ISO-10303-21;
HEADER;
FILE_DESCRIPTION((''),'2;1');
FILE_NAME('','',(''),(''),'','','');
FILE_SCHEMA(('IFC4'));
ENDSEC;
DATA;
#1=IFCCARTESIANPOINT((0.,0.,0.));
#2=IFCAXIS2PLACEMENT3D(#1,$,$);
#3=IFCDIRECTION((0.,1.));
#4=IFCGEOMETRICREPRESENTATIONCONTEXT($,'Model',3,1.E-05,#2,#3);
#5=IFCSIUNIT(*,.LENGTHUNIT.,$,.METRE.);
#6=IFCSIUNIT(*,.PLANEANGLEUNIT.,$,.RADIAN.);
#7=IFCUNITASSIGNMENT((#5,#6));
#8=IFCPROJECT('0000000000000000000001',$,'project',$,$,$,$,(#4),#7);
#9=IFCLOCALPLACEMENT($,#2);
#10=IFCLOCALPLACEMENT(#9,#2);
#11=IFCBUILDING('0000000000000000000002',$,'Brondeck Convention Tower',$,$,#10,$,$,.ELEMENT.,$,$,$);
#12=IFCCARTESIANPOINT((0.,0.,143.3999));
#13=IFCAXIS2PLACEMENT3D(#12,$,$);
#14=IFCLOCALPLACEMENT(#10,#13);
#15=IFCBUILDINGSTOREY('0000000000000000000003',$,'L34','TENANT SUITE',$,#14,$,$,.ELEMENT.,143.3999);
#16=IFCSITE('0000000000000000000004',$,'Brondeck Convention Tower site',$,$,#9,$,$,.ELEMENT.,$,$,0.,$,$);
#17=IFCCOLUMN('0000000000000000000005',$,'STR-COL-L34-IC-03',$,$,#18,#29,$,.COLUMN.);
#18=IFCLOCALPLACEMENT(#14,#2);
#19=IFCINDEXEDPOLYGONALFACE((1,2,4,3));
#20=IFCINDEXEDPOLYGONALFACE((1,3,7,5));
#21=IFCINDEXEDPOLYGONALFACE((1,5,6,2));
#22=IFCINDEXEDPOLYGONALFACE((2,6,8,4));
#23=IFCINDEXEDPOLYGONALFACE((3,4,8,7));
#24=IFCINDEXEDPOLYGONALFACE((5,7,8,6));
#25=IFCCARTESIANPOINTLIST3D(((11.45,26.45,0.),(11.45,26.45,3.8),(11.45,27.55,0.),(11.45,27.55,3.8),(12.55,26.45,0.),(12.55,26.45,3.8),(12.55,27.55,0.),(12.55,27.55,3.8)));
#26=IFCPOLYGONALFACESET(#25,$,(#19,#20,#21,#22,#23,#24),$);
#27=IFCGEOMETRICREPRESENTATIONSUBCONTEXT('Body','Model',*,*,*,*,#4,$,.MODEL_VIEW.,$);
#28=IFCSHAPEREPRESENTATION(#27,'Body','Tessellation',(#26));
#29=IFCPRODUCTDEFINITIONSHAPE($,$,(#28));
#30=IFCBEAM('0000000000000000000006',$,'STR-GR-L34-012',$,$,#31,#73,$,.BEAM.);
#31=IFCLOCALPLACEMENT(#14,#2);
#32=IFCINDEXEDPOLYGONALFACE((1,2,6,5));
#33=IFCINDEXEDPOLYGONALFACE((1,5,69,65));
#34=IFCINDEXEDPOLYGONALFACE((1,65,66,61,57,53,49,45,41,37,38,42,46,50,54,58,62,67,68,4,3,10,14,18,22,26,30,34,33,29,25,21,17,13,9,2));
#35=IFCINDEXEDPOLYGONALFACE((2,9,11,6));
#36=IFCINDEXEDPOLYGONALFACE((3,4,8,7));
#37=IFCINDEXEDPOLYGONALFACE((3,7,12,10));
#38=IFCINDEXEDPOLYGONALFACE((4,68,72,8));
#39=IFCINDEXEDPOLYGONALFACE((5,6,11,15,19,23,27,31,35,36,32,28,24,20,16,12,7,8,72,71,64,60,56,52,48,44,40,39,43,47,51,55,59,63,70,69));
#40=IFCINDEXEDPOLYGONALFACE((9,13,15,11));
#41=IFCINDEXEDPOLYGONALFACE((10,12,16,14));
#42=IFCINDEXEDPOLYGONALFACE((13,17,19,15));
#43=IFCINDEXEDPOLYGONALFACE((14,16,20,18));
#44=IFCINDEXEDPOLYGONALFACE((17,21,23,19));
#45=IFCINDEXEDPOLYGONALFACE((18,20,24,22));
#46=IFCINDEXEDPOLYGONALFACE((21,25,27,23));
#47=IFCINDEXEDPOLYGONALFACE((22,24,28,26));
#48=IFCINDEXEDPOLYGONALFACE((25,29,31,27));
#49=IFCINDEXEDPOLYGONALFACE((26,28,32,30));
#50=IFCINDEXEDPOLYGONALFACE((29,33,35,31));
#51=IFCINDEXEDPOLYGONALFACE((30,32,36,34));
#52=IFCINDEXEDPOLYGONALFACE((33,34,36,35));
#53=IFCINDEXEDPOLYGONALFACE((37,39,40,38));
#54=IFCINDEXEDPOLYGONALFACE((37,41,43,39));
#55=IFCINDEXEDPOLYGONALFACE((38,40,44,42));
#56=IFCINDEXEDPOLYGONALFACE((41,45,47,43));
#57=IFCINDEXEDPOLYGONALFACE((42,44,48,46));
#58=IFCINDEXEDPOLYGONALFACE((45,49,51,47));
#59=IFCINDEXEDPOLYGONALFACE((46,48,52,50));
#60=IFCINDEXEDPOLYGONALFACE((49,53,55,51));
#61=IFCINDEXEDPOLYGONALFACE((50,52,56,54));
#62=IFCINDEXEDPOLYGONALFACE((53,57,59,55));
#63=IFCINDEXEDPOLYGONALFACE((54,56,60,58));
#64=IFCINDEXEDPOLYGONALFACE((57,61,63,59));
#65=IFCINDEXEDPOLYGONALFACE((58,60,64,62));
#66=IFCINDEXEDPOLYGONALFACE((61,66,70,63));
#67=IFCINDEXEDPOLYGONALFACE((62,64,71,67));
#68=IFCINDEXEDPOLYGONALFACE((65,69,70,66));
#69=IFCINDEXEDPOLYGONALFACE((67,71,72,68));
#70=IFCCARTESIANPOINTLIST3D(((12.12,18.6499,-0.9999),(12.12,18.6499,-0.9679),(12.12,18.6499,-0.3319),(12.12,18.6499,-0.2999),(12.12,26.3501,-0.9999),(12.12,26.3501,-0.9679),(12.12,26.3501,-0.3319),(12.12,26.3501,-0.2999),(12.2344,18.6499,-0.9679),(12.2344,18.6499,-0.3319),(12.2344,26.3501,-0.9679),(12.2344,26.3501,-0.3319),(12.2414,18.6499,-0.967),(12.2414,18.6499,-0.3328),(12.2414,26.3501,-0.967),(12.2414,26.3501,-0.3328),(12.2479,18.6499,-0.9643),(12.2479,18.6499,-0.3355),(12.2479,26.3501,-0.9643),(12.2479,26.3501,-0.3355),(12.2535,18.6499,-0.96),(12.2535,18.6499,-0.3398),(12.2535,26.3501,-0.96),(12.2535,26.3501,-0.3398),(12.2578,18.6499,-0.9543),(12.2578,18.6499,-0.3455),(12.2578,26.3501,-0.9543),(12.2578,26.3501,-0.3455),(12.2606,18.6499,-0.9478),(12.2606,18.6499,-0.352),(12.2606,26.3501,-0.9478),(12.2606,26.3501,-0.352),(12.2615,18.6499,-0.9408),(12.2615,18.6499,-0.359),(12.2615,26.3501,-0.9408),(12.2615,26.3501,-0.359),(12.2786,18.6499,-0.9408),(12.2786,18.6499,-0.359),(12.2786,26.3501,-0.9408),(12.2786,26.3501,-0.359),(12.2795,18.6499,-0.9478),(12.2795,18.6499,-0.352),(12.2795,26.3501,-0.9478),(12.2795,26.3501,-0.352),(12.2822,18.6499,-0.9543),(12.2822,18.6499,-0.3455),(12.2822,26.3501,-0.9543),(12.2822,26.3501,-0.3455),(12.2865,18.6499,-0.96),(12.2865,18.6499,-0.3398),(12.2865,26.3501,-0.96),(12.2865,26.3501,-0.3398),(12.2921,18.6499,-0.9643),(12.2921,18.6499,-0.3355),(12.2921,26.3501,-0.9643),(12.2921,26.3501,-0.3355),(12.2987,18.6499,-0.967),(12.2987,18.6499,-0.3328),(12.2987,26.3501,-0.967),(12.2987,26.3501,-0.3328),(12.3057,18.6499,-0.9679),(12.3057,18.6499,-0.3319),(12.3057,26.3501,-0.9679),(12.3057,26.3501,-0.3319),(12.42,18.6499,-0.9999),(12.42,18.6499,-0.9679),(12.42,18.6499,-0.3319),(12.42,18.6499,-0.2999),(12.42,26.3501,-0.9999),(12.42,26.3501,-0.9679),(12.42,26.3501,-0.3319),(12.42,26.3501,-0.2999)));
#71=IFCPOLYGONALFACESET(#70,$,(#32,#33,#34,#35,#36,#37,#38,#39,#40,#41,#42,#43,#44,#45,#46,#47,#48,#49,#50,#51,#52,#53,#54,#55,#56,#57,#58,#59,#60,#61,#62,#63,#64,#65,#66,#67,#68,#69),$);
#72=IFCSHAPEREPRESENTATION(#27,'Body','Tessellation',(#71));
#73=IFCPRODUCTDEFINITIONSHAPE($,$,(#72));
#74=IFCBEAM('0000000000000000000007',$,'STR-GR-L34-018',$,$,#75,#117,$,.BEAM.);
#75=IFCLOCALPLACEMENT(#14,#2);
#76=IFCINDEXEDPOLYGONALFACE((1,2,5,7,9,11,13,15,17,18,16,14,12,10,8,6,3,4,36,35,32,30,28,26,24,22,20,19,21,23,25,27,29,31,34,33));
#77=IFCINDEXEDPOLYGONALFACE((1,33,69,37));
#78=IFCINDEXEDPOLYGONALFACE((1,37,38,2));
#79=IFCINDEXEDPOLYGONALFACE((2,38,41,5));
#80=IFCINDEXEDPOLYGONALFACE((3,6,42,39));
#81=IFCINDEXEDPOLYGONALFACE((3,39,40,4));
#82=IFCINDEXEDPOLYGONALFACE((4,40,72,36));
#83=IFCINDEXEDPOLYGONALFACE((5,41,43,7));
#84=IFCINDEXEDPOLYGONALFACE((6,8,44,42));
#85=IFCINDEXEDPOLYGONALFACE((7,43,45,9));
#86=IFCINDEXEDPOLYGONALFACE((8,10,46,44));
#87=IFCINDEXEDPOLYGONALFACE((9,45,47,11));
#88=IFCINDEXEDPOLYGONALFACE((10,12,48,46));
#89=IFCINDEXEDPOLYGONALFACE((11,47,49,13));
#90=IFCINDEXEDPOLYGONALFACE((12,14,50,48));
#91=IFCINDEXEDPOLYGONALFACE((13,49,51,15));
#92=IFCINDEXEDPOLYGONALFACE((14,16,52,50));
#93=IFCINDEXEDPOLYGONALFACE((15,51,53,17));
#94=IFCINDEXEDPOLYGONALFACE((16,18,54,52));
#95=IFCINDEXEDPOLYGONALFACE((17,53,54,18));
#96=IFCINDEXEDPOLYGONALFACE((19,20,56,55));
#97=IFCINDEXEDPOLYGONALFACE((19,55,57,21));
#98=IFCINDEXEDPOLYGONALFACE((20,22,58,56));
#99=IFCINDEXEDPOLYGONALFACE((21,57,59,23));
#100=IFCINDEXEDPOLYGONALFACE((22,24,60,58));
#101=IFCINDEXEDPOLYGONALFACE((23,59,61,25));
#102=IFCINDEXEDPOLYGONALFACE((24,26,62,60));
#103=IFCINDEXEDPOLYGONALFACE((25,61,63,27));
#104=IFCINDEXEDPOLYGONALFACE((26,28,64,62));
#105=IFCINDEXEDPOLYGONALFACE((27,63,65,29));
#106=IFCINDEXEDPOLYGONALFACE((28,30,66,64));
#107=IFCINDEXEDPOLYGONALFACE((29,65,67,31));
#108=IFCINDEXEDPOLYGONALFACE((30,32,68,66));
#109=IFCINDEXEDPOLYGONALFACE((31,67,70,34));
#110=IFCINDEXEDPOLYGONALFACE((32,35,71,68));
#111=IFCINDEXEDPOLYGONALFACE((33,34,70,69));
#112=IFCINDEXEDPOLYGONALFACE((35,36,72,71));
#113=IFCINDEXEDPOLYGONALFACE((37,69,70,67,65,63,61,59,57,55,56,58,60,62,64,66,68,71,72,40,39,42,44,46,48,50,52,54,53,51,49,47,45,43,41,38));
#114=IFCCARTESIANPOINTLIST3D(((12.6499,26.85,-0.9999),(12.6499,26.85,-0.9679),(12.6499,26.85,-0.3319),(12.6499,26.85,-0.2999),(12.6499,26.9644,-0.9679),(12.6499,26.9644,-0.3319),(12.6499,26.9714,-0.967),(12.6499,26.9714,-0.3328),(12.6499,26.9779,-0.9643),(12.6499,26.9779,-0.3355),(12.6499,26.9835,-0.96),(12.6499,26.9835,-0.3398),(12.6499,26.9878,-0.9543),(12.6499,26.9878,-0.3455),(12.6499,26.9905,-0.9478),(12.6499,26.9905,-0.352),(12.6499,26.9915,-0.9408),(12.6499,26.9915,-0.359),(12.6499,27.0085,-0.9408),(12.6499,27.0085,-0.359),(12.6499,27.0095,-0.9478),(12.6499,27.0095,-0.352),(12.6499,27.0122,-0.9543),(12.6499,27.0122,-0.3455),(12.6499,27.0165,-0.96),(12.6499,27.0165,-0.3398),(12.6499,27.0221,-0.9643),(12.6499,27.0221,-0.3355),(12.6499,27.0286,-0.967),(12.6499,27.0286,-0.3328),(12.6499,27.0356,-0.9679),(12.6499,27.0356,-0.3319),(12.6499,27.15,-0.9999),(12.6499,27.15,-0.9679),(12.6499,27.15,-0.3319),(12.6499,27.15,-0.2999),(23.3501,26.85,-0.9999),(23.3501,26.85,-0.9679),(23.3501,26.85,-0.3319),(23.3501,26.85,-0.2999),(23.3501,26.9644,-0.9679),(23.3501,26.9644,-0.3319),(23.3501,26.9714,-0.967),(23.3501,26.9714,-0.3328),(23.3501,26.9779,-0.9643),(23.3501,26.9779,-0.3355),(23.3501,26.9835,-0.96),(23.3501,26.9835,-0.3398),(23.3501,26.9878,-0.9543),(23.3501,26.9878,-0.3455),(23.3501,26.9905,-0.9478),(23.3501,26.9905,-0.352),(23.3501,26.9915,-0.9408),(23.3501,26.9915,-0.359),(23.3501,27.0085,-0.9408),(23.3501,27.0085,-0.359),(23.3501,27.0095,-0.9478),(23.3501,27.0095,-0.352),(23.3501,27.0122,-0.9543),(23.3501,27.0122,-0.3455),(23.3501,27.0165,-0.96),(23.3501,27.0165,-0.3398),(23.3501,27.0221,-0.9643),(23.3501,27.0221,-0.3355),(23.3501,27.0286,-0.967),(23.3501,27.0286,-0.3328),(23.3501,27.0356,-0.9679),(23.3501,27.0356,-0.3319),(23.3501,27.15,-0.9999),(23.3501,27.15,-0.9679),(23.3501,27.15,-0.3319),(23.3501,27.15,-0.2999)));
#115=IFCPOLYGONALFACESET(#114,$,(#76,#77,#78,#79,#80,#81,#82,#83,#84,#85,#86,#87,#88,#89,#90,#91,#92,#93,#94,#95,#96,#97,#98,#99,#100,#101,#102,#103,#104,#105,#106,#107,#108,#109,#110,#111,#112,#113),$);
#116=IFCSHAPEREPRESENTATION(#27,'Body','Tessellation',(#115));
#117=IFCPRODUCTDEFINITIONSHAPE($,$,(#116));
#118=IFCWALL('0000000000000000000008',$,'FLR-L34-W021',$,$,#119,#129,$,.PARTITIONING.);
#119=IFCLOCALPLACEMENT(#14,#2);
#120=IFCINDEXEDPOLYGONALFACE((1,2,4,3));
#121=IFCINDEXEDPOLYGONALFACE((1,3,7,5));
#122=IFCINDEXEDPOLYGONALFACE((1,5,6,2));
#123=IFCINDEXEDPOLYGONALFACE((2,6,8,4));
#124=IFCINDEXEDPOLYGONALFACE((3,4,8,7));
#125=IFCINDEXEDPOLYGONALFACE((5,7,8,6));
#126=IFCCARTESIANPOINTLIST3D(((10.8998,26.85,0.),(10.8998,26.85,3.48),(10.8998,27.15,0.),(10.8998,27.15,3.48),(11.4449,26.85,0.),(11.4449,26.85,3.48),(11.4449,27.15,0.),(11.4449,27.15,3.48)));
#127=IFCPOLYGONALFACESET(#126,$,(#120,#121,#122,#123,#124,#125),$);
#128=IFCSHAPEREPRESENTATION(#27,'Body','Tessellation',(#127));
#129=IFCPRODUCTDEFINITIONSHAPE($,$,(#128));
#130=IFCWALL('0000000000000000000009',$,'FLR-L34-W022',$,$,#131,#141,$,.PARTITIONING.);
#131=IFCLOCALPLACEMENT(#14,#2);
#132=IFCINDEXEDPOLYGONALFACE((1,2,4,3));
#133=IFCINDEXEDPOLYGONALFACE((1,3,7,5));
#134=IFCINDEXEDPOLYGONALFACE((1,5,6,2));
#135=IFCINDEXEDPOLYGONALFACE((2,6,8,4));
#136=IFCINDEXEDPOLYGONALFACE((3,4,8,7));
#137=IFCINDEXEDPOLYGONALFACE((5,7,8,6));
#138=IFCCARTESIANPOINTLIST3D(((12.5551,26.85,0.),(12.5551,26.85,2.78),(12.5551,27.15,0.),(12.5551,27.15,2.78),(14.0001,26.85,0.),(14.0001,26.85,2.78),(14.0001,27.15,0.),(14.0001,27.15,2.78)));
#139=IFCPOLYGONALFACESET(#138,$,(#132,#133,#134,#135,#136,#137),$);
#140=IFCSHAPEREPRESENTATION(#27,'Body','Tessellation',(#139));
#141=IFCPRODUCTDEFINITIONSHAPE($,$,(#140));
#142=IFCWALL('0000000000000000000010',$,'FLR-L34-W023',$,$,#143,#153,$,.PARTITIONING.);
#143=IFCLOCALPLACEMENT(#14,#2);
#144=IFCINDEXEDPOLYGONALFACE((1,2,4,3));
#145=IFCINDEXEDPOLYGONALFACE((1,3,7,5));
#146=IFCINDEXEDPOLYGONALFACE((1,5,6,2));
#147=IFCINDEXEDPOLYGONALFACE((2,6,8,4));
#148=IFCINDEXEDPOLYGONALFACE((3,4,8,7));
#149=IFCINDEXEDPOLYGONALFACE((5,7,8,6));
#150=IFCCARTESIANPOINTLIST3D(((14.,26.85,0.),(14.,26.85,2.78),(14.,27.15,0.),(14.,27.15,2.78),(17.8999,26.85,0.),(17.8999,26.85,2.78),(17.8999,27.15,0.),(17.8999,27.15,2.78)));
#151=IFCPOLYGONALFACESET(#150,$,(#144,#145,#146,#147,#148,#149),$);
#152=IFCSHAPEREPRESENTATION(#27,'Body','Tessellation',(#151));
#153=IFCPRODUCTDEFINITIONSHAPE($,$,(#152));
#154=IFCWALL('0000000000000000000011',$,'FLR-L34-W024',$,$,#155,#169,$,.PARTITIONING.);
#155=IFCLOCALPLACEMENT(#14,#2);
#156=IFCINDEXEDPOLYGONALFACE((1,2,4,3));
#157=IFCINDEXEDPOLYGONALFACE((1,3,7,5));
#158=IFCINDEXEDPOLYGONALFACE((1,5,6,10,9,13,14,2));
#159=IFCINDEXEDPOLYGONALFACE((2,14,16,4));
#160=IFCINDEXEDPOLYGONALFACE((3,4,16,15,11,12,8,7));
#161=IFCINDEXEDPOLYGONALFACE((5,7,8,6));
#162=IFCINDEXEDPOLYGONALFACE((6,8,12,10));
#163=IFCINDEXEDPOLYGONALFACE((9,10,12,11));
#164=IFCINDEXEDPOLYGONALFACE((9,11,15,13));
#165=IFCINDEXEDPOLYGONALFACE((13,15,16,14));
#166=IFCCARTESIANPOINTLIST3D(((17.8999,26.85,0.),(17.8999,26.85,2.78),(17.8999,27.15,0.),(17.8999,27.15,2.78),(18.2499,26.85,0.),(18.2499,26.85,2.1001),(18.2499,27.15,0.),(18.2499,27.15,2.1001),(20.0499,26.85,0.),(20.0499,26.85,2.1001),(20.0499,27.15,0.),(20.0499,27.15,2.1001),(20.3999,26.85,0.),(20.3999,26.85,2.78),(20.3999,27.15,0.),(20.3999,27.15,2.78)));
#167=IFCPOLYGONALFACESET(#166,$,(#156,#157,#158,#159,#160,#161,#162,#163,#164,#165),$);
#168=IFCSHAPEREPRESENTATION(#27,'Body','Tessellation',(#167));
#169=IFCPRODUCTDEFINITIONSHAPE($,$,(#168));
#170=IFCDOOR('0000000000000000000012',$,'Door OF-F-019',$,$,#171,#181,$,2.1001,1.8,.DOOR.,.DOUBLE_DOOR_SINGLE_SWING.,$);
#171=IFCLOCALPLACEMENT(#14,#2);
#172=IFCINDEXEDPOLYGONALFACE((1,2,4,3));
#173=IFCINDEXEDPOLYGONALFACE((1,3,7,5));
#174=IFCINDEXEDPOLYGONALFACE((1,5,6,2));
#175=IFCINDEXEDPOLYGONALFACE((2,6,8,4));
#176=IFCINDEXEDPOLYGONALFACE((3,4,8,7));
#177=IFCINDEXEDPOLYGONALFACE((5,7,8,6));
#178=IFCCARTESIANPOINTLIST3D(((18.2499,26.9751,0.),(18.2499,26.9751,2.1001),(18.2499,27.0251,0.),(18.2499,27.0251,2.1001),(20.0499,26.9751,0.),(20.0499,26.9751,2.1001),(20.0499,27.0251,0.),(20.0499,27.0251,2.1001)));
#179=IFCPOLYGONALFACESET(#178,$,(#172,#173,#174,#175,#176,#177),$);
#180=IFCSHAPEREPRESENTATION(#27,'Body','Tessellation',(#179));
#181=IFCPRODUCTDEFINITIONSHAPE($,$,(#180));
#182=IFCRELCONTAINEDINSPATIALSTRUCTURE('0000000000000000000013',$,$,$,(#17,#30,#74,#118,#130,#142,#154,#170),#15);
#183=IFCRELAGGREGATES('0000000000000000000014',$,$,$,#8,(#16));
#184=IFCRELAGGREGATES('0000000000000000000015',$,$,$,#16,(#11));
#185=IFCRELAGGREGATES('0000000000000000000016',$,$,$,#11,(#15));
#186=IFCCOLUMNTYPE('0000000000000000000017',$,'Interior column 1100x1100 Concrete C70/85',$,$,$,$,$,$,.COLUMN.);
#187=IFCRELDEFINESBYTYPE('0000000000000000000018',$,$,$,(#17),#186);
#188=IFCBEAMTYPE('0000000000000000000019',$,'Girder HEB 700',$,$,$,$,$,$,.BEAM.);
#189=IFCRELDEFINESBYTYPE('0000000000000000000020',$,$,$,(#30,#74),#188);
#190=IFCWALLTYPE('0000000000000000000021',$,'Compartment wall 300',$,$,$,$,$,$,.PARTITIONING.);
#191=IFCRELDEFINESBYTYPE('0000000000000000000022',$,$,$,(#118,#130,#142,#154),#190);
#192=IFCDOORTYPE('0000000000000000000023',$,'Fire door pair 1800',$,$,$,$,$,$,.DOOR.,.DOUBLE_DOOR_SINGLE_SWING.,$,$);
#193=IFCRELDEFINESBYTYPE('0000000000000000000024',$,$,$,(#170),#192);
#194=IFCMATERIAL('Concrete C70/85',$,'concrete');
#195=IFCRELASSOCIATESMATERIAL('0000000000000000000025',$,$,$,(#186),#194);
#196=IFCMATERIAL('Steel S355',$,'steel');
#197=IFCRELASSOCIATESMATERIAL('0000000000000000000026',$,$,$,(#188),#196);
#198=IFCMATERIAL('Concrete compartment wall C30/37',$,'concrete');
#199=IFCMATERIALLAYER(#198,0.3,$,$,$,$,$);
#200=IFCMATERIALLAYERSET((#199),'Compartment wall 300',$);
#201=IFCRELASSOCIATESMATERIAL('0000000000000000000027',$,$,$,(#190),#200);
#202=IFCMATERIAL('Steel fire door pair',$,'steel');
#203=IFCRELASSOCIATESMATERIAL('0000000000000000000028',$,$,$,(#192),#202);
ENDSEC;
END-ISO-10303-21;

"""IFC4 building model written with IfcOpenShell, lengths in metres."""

from ifc_helpers import new_model, si_unit, direction, frame, frame_2d, origin, origin_2d, place, context, subcontext, project, spatial, rectangle, i_section, extrude, material, layer, layer_set, material_profile, profile_set, type_object, element, fill, save


model = new_model("IFC4")

# Units and contexts
model_context = context("Model", 3, precision=1e-05, world=origin(), true_north=direction((0.0, 1.0)))
body_context = subcontext(model_context, "Body", "Model", "MODEL_VIEW")
ifc_project = project(units=[si_unit("LENGTHUNIT", "METRE"), si_unit("PLANEANGLEUNIT", "RADIAN")], contexts=[model_context])

# Site, building, storey
site_placement = place(None, origin())
site = spatial("IfcSite", under=ifc_project, at=site_placement, Name="Brondeck Convention Tower site", CompositionType="ELEMENT", RefElevation=0.0)
building_placement = place(site_placement, origin())
building = spatial("IfcBuilding", under=site, at=building_placement, Name="Brondeck Convention Tower", CompositionType="ELEMENT")
storey_placement = place(building_placement, frame((0.0, 0.0, 143.3999)))
storey = spatial("IfcBuildingStorey", under=building, at=storey_placement, Name="L34", Description="TENANT SUITE", CompositionType="ELEMENT", Elevation=143.3999)

# Column
ifc_material_1 = material(Name="Concrete C70/85", Category="concrete")
ifc_material_profile_1 = material_profile(ifc_material_1, rectangle(XDim=1.1001, YDim=1.1001, at=origin_2d()), Name="Interior column 1100x1100 Concrete C70/85")
ifc_profile_set_1 = profile_set([ifc_material_profile_1], Name="Concrete C70/85")
column_type = type_object("IfcColumnType", Name="Interior column 1100x1100 Concrete C70/85", PredefinedType="COLUMN", material=ifc_profile_set_1)
column_placement = place(storey_placement, frame((12.0, 27.0, 0.0), z_axis=(0.0, 0.0, 1.0), x_axis=(1.0, 0.0, 0.0)))
element("IfcColumn", 1, at=column_placement, inside=storey, type_object=column_type, Name="STR-COL-L34-IC-03", PredefinedType="COLUMN", context=body_context, shape_type="SweptSolid", body=[
    extrude(rectangle(XDim=1.1001, YDim=1.1001, at=origin_2d()), origin(), (0.0, 0.0, 1.0), 3.8),
])

# Beams
ifc_material_2 = material(Name="Steel S355", Category="steel")
ifc_material_profile_2 = material_profile(ifc_material_2, i_section(OverallWidth=0.3, OverallDepth=0.7, WebThickness=0.0171, FlangeThickness=0.032, FilletRadius=0.0271, at=origin_2d()), Name="HEB 700")
ifc_profile_set_2 = profile_set([ifc_material_profile_2], Name="Steel S355")
beam_type = type_object("IfcBeamType", Name="Girder HEB 700", PredefinedType="BEAM", material=ifc_profile_set_2)
beam_1_placement = place(storey_placement, frame((12.27, 26.3501, -0.6499), z_axis=(0.0, -1.0, 0.0), x_axis=(1.0, 0.0, 0.0)))
element("IfcBeam", 2, at=beam_1_placement, inside=storey, type_object=beam_type, Name="STR-GR-L34-012", PredefinedType="BEAM", context=body_context, shape_type="SweptSolid", body=[
    extrude(i_section(OverallWidth=0.3, OverallDepth=0.7, WebThickness=0.0171, FlangeThickness=0.032, FilletRadius=0.0271, at=origin_2d()), origin(), (0.0, 0.0, 1.0), 7.7002),
])
beam_2_placement = place(storey_placement, frame((12.6499, 27.0, -0.6499), z_axis=(1.0, 0.0, 0.0), x_axis=(0.0, 1.0, 0.0)))
element("IfcBeam", 3, at=beam_2_placement, inside=storey, type_object=beam_type, Name="STR-GR-L34-018", PredefinedType="BEAM", context=body_context, shape_type="SweptSolid", body=[
    extrude(i_section(OverallWidth=0.3, OverallDepth=0.7, WebThickness=0.0171, FlangeThickness=0.032, FilletRadius=0.0271, at=origin_2d()), origin(), (0.0, 0.0, 1.0), 10.7002),
])

# Walls
ifc_material_3 = material(Name="Concrete compartment wall C30/37", Category="concrete")
ifc_layer_1 = layer(ifc_material_3, 0.3)
ifc_layer_set_1 = layer_set([ifc_layer_1], Name="Compartment wall 300")
wall_type_1 = type_object("IfcWallType", Name="Compartment wall 300", PredefinedType="PARTITIONING", material=ifc_layer_set_1)
wall_1_placement = place(storey_placement, frame((10.8999, 27.0, 0.0), z_axis=(0.0, 0.0, 1.0), x_axis=(1.0, 0.0, 0.0)))
element("IfcWall", 4, at=wall_1_placement, inside=storey, type_object=wall_type_1, Name="FLR-L34-W021", PredefinedType="PARTITIONING", context=body_context, shape_type="SweptSolid", body=[
    extrude(rectangle(XDim=0.5452, YDim=0.3, at=frame_2d((0.2725, 0.0))), origin(), (0.0, 0.0, 1.0), 3.48),
])
wall_2_placement = place(storey_placement, frame((12.5549, 27.0, 0.0), z_axis=(0.0, 0.0, 1.0), x_axis=(1.0, 0.0, 0.0)))
element("IfcWall", 5, at=wall_2_placement, inside=storey, type_object=wall_type_1, Name="FLR-L34-W022", PredefinedType="PARTITIONING", context=body_context, shape_type="SweptSolid", body=[
    extrude(rectangle(XDim=1.4451, YDim=0.3, at=frame_2d((0.7227, 0.0))), origin(), (0.0, 0.0, 1.0), 2.78),
])
wall_3_placement = place(storey_placement, frame((14.0, 27.0, 0.0), z_axis=(0.0, 0.0, 1.0), x_axis=(1.0, 0.0, 0.0)))
element("IfcWall", 6, at=wall_3_placement, inside=storey, type_object=wall_type_1, Name="FLR-L34-W023", PredefinedType="PARTITIONING", context=body_context, shape_type="SweptSolid", body=[
    extrude(rectangle(XDim=3.8999, YDim=0.3, at=frame_2d((1.95, 0.0))), origin(), (0.0, 0.0, 1.0), 2.78),
])

# Wall, opening, door
wall_4_placement = place(storey_placement, frame((20.3999, 27.0, 0.0), z_axis=(0.0, 0.0, 1.0), x_axis=(-1.0, 0.0, 0.0)))
wall_4 = element("IfcWall", 7, at=wall_4_placement, inside=storey, type_object=wall_type_1, Name="FLR-L34-W024", PredefinedType="PARTITIONING", context=body_context, shape_type="SweptSolid", body=[
    extrude(rectangle(XDim=2.5, YDim=0.3, at=frame_2d((1.25, 0.0))), origin(), (0.0, 0.0, 1.0), 2.78),
])
opening_1_placement = place(wall_4_placement, frame((0.3501, 0.0, 0.0)))
opening_1 = element("IfcOpeningElement", 8, at=opening_1_placement, cuts=wall_4, PredefinedType="OPENING", context=body_context, shape_type="SweptSolid", body=[
    extrude(rectangle(XDim=1.8, YDim=2.1001, at=frame_2d((0.8999, 1.05))), frame((0.0, 0.1599, 0.0), z_axis=(0.0, -1.0, 0.0), x_axis=(1.0, 0.0, 0.0)), (0.0, 0.0, 1.0), 0.3201),
])
ifc_material_4 = material(Name="Steel fire door pair", Category="steel")
door_type_1 = type_object("IfcDoorType", Name="Fire door pair 1800", OperationType="DOUBLE_DOOR_SINGLE_SWING", PredefinedType="DOOR", material=ifc_material_4)
door_1_placement = place(opening_1_placement, origin())
door_1 = element("IfcDoor", 9, at=door_1_placement, inside=storey, type_object=door_type_1, Name="Door OF-F-019", OperationType="DOUBLE_DOOR_SINGLE_SWING", OverallHeight=2.1001, OverallWidth=1.8, PredefinedType="DOOR", context=body_context, shape_type="SweptSolid", body=[
    extrude(rectangle(XDim=1.8, YDim=2.1001, at=frame_2d((0.8999, 1.05))), frame((0.0, 0.0249, 0.0), z_axis=(0.0, -1.0, 0.0), x_axis=(1.0, 0.0, 0.0)), (0.0, 0.0, 1.0), 0.05),
])
fill(opening_1, door_1)

save(model, "model.ifc")
